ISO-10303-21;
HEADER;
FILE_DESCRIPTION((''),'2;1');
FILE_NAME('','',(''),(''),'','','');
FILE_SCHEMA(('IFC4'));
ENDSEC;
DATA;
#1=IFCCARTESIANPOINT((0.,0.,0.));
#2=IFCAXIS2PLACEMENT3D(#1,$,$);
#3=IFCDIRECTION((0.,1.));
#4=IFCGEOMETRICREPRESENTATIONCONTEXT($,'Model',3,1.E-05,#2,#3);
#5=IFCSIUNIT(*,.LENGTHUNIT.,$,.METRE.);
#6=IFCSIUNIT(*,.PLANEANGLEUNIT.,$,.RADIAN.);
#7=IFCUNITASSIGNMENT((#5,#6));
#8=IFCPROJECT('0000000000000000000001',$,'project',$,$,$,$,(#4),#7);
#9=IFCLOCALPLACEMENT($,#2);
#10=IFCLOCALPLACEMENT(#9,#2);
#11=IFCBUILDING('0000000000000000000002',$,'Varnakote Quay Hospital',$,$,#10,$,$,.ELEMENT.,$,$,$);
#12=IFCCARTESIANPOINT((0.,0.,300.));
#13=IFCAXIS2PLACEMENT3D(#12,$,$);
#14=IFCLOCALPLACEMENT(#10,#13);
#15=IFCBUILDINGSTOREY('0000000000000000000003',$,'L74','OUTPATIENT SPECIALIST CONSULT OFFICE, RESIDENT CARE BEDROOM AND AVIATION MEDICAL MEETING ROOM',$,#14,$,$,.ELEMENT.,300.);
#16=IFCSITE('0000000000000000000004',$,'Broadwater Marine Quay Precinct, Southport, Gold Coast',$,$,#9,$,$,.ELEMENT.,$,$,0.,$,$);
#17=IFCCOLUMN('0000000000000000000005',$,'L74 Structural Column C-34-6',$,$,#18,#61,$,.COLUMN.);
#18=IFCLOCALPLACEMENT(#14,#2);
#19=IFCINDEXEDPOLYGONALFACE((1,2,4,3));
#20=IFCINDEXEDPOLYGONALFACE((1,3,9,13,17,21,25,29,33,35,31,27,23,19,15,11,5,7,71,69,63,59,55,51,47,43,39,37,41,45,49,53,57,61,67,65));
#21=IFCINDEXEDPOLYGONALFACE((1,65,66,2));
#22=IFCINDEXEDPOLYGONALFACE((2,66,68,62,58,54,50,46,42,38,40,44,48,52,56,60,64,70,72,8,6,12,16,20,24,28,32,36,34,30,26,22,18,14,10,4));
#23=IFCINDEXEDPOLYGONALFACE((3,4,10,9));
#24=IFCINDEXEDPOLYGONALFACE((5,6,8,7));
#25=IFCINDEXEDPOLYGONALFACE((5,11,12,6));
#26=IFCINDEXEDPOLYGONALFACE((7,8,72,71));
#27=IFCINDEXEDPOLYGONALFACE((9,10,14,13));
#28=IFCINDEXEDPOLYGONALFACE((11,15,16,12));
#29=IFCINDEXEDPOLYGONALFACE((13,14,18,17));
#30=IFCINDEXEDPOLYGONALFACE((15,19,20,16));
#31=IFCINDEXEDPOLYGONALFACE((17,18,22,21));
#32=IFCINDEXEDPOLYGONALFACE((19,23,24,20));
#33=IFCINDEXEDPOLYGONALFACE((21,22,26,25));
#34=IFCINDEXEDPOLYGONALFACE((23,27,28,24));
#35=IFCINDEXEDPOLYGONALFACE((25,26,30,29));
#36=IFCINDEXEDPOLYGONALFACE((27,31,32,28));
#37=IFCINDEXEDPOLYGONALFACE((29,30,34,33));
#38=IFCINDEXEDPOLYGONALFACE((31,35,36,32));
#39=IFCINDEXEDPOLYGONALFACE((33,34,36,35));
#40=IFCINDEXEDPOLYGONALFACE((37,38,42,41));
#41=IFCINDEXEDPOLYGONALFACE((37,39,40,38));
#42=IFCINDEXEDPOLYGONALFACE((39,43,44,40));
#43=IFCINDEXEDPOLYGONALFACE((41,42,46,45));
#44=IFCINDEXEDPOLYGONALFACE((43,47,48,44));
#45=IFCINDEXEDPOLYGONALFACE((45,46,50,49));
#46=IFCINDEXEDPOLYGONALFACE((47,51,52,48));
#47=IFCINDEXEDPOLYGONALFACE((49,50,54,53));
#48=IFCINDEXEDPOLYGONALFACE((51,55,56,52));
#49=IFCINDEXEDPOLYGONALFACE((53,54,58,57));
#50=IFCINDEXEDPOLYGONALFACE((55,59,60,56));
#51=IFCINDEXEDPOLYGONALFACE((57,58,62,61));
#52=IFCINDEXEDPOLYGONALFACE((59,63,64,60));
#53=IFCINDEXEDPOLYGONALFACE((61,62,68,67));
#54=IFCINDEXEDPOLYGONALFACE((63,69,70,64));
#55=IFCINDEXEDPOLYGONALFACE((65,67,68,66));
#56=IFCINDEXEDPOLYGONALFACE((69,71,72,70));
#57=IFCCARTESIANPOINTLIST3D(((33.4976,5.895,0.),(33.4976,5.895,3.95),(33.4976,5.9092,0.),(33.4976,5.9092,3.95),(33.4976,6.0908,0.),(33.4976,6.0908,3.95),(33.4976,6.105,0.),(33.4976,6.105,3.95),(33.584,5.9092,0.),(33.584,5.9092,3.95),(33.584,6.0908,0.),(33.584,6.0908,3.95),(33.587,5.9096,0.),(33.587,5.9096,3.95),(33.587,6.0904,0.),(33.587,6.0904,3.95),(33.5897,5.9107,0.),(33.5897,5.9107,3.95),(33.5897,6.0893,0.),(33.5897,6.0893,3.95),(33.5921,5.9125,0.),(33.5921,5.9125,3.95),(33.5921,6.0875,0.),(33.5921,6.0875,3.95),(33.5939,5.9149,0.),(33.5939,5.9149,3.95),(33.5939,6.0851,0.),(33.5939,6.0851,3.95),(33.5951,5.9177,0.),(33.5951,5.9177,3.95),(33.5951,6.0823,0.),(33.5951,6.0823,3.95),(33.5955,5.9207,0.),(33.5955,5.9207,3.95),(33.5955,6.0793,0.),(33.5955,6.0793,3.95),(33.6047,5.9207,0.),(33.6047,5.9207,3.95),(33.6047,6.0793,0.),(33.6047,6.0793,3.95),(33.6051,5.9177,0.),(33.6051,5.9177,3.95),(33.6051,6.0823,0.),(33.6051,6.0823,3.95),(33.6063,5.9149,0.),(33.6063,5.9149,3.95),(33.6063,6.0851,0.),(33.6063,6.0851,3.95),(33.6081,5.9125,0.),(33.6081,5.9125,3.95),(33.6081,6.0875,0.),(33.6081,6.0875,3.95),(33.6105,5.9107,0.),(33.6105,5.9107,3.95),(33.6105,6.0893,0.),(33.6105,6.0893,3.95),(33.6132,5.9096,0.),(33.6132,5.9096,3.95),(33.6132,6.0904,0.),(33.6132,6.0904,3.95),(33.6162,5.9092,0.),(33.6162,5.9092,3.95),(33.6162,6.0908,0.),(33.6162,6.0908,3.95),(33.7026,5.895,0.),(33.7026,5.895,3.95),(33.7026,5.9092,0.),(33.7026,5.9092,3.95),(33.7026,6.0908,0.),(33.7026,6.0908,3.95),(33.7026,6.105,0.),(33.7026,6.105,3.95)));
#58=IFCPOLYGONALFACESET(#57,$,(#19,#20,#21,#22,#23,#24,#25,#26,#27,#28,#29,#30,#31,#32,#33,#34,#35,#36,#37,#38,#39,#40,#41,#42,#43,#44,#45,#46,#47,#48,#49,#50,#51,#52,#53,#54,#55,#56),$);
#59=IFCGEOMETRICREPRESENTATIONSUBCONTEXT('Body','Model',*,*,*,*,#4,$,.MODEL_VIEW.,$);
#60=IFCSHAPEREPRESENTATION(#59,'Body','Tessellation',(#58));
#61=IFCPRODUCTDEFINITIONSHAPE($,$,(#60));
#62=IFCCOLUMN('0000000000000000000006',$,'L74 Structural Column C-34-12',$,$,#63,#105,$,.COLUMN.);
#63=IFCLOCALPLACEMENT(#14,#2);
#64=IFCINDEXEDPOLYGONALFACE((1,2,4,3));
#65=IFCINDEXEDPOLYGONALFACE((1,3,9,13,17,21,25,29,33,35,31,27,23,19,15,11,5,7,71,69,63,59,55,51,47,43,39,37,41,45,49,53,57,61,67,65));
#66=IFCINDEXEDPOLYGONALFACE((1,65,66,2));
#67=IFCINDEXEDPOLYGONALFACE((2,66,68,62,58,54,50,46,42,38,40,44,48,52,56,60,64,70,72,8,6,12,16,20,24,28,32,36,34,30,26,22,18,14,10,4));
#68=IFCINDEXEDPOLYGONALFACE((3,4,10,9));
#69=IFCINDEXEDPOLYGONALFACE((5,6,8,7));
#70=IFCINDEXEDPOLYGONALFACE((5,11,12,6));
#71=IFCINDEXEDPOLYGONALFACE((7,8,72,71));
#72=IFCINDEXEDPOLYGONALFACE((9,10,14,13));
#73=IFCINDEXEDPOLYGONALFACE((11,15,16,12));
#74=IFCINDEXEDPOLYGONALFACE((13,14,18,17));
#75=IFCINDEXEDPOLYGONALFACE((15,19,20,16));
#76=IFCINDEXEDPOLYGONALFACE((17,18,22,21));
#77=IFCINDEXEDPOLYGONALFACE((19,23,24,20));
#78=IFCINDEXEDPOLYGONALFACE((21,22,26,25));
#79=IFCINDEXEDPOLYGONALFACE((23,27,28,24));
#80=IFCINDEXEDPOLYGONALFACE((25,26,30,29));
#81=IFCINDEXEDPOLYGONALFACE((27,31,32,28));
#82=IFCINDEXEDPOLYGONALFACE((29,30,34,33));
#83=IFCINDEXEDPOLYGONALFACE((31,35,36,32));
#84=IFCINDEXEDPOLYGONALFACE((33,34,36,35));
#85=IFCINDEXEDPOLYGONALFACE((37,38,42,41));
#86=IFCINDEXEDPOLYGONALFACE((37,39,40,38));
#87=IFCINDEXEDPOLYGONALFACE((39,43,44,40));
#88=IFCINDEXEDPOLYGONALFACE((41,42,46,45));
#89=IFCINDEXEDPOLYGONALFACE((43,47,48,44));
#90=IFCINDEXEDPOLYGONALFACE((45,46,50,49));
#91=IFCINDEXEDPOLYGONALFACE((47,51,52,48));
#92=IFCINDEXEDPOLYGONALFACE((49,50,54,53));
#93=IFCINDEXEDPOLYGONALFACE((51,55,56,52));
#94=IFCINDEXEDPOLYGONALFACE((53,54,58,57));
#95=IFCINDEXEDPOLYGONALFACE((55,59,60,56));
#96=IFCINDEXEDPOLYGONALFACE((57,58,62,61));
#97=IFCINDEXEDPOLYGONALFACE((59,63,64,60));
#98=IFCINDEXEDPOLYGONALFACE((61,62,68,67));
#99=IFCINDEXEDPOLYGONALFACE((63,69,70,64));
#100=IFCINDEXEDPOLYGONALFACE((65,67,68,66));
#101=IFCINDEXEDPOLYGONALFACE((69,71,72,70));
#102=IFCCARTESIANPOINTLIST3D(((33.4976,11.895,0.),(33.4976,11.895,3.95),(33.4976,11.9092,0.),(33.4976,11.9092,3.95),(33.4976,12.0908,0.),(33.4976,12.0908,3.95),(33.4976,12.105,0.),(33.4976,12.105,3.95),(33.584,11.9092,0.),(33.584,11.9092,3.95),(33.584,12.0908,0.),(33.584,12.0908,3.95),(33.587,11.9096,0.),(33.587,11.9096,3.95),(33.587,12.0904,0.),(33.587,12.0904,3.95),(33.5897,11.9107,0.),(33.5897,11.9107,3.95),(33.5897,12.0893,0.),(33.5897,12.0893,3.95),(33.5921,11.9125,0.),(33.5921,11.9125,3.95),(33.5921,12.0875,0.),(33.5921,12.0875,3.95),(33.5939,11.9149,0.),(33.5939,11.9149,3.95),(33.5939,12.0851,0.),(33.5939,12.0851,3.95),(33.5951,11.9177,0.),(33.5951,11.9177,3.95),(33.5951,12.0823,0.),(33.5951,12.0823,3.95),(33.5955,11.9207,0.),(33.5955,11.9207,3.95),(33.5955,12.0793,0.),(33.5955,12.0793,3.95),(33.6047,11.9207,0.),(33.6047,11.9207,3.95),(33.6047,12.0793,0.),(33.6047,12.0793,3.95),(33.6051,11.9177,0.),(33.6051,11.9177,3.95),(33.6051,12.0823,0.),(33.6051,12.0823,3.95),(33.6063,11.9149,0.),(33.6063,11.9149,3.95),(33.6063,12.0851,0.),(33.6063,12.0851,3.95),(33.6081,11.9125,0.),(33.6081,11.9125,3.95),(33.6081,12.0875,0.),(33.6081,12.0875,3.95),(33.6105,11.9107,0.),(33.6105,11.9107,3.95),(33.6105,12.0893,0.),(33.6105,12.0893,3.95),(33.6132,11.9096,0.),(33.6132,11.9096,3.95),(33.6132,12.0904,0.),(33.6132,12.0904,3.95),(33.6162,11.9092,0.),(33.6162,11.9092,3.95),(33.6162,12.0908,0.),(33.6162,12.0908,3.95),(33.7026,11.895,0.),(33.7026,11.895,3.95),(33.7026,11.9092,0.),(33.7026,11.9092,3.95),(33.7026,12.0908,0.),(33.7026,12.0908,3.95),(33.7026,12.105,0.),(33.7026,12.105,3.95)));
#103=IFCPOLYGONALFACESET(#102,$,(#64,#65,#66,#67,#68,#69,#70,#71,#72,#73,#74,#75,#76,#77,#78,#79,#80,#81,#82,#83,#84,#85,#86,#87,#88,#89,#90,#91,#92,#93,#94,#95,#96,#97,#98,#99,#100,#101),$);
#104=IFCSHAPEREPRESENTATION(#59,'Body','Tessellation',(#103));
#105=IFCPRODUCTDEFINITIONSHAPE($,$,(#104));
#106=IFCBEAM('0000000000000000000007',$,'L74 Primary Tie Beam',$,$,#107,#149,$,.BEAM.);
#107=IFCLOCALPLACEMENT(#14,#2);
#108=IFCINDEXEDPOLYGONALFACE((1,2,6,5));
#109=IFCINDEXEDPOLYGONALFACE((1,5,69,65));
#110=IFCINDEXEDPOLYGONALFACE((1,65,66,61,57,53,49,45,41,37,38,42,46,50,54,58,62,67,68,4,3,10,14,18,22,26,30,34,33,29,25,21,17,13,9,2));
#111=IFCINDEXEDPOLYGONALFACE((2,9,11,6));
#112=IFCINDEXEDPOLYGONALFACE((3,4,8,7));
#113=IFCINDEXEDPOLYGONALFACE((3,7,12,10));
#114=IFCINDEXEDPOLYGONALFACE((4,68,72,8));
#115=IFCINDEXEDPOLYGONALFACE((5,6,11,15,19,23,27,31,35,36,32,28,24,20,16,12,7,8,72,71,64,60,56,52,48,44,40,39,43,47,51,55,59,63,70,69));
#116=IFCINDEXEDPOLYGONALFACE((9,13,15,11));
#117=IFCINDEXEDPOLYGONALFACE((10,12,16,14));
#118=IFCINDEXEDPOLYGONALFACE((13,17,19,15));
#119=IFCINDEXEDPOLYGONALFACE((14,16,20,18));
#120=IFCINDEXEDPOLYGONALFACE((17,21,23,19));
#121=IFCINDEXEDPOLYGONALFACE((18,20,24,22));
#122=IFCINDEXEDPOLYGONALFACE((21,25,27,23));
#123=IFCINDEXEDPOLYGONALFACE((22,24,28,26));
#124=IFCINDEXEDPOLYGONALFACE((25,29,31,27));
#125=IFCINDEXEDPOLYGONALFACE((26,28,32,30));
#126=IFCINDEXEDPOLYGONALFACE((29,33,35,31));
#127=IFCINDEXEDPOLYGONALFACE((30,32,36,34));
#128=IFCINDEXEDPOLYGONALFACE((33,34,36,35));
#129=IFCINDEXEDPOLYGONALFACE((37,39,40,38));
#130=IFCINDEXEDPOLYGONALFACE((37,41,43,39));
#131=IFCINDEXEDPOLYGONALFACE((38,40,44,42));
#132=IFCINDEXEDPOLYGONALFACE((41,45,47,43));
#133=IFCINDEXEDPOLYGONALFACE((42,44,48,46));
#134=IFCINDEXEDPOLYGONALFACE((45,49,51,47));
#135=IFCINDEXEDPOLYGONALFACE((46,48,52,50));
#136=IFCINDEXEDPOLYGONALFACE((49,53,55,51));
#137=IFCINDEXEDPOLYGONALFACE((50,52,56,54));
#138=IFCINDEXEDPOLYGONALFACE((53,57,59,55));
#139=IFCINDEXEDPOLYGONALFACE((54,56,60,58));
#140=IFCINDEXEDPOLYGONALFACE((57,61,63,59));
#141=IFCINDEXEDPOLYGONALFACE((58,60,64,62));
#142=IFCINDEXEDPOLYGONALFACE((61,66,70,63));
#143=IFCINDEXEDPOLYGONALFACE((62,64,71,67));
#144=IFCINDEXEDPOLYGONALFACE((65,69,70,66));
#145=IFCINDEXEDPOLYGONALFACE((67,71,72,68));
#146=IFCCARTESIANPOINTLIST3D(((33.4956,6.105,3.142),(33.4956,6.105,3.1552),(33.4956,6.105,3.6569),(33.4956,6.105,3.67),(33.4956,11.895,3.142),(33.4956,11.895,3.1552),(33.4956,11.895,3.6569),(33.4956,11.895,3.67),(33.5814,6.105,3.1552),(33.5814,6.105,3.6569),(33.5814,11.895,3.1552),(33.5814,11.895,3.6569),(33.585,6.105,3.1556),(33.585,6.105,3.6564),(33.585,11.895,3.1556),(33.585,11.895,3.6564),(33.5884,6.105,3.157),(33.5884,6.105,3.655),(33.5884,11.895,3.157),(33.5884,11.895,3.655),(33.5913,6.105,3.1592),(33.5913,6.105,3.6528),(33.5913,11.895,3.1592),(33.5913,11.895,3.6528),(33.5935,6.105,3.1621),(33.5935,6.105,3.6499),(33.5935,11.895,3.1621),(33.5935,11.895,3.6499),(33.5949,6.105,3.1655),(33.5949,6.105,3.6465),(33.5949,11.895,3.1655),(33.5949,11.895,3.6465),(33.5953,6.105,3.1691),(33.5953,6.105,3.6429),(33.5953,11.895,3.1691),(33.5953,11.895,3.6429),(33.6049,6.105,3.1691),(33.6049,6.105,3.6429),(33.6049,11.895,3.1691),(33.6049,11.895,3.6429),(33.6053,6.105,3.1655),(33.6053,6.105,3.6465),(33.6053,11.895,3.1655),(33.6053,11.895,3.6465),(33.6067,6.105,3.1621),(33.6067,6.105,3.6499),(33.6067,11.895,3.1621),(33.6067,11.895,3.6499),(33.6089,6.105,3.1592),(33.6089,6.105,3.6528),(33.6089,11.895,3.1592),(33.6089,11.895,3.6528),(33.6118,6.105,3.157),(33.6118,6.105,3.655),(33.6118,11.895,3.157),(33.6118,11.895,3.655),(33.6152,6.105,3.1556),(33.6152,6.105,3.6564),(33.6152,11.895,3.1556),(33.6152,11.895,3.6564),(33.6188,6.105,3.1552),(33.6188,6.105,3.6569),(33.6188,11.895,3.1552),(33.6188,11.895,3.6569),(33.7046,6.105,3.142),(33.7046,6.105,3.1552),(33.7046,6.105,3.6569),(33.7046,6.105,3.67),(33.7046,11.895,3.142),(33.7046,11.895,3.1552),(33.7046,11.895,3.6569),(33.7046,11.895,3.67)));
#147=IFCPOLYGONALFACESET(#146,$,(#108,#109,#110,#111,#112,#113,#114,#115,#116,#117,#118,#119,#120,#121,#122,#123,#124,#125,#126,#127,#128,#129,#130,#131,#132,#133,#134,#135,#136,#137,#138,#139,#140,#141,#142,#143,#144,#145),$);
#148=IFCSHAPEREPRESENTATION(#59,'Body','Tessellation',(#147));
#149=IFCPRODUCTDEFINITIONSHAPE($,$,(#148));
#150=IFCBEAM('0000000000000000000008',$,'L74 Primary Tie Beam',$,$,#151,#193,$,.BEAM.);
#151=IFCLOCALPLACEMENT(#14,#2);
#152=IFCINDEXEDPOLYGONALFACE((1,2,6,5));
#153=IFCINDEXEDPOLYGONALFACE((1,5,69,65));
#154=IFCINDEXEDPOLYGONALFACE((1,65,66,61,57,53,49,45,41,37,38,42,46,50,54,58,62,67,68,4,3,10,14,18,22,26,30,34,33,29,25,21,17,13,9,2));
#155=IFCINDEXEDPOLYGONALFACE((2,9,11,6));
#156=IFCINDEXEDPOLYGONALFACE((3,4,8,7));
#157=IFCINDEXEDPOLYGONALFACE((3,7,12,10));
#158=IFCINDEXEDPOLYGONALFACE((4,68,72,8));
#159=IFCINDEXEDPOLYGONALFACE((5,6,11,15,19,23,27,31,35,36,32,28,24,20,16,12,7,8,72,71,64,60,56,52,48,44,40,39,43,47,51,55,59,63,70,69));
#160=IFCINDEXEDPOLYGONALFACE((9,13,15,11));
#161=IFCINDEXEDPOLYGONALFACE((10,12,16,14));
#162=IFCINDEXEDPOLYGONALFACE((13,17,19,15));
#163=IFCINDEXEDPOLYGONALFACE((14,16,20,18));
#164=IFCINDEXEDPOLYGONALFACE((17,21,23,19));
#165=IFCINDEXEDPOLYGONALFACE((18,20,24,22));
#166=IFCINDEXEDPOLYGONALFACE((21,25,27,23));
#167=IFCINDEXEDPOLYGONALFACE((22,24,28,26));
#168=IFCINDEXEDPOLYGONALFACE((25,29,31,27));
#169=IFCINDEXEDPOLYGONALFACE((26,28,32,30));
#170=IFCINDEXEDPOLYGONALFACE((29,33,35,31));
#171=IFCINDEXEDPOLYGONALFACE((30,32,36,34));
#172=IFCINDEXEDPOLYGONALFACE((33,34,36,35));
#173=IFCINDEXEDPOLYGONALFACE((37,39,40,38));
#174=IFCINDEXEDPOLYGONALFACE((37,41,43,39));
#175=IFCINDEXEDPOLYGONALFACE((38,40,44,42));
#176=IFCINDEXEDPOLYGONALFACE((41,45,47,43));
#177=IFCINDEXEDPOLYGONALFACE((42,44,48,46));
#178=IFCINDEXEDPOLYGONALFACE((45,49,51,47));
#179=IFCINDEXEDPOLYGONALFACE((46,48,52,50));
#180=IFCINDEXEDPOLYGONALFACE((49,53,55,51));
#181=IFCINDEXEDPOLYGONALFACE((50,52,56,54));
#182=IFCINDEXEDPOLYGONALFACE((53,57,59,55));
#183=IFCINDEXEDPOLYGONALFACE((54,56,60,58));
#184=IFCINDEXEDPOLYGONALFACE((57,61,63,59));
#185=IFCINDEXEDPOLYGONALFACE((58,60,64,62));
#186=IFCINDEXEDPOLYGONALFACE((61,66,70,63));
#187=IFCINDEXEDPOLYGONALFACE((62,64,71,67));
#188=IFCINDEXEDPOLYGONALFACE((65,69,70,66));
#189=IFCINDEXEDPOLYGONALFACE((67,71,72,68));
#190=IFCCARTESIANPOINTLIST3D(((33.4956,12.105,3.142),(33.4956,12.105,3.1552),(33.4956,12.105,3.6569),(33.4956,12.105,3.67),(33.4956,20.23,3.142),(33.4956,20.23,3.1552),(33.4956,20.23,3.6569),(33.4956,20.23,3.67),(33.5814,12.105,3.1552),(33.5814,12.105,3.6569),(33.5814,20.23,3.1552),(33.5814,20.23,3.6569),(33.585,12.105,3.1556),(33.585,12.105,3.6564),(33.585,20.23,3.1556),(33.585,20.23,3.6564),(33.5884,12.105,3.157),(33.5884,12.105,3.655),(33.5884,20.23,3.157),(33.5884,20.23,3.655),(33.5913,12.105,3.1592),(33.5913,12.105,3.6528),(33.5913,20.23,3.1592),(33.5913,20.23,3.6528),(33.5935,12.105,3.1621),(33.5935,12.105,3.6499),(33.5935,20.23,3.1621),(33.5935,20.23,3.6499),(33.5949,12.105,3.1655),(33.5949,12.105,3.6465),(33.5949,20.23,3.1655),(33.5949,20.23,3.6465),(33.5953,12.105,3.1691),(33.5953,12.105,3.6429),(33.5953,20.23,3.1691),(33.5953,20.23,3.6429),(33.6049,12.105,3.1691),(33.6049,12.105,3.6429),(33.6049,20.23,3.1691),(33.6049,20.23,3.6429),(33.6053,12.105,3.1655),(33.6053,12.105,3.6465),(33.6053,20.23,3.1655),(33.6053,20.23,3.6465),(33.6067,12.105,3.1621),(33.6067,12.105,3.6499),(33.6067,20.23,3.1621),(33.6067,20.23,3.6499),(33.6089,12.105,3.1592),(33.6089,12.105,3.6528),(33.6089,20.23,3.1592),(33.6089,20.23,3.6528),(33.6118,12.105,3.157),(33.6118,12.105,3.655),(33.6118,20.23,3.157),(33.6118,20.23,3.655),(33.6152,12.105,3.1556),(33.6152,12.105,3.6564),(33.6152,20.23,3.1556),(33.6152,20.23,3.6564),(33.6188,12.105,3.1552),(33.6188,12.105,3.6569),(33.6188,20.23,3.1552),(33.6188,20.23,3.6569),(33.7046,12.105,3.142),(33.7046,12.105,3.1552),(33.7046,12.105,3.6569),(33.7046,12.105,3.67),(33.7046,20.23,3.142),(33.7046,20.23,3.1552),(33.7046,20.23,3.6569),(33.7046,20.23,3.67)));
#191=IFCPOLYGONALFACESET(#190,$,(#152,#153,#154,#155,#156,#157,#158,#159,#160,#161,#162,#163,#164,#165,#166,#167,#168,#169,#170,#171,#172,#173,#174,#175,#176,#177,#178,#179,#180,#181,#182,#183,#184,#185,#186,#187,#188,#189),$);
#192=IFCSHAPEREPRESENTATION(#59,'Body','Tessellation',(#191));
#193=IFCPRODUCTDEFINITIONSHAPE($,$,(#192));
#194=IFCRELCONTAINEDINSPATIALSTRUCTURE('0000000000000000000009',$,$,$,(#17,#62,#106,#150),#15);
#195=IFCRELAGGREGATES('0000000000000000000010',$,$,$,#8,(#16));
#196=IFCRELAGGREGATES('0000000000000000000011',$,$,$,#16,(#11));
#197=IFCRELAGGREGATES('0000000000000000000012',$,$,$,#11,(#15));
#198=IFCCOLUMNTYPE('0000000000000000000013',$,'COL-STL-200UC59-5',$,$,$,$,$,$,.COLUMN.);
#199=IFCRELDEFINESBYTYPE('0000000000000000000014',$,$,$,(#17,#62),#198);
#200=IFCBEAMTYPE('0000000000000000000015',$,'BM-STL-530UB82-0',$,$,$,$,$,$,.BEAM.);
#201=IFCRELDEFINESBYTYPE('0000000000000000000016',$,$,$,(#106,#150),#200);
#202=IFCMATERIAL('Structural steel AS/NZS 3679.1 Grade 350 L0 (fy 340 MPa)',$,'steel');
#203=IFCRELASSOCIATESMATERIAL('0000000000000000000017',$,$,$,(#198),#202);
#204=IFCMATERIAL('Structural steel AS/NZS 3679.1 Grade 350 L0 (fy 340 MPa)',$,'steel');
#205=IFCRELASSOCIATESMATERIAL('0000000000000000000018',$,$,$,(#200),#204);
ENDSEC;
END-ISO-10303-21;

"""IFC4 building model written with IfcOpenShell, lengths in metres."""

from ifc_helpers import new_model, si_unit, direction, frame, origin, origin_2d, place, context, subcontext, project, spatial, i_section, extrude, material, material_profile, profile_set, type_object, element, save


model = new_model("IFC4")

# Units and contexts
model_context = context("Model", 3, precision=1e-05, world=origin(), true_north=direction((0.0, 1.0)))
body_context = subcontext(model_context, "Body", "Model", "MODEL_VIEW")
ifc_project = project(units=[si_unit("LENGTHUNIT", "METRE"), si_unit("PLANEANGLEUNIT", "RADIAN")], contexts=[model_context])

# Site, building, storey
site_placement = place(None, origin())
site = spatial("IfcSite", under=ifc_project, at=site_placement, Name="Broadwater Marine Quay Precinct, Southport, Gold Coast", CompositionType="ELEMENT", RefElevation=0.0)
building_placement = place(site_placement, origin())
building = spatial("IfcBuilding", under=site, at=building_placement, Name="Varnakote Quay Hospital", CompositionType="ELEMENT")
storey_placement = place(building_placement, frame((0.0, 0.0, 300.0)))
storey = spatial("IfcBuildingStorey", under=building, at=storey_placement, Name="L74", Description="OUTPATIENT SPECIALIST CONSULT OFFICE, RESIDENT CARE BEDROOM AND AVIATION MEDICAL MEETING ROOM", CompositionType="ELEMENT", Elevation=300.0)

# Columns
ifc_material_1 = material(Name="Structural steel AS/NZS 3679.1 Grade 350 L0 (fy 340 MPa)", Category="steel")
ifc_material_profile_1 = material_profile(ifc_material_1, i_section(OverallWidth=0.2051, OverallDepth=0.21, WebThickness=0.0093, FlangeThickness=0.0142, FilletRadius=0.0115, at=origin_2d()), Name="200UC59.5")
ifc_profile_set_1 = profile_set([ifc_material_profile_1], Name="Structural steel AS/NZS 3679.1 Grade 350 L0 (fy 340 MPa)")
column_type = type_object("IfcColumnType", Name="COL-STL-200UC59-5", PredefinedType="COLUMN", material=ifc_profile_set_1)
for number, where, z_axis, x_axis, name in (
    (1, (33.6001, 6.0, 0.0), (0.0, 0.0, 1.0), (1.0, 0.0, 0.0), "L74 Structural Column C-34-6"),
    (2, (33.6001, 12.0, 0.0), (0.0, 0.0, 1.0), (1.0, 0.0, 0.0), "L74 Structural Column C-34-12"),
):
    element("IfcColumn", number, at=place(storey_placement, frame(where, z_axis=z_axis, x_axis=x_axis)), inside=storey, type_object=column_type, Name=name, PredefinedType="COLUMN", context=body_context, shape_type="SweptSolid", body=[
        extrude(i_section(OverallWidth=0.2051, OverallDepth=0.21, WebThickness=0.0093, FlangeThickness=0.0142, FilletRadius=0.0115, at=origin_2d()), origin(), (0.0, 0.0, 1.0), 3.95),
    ])

# Beams
ifc_material_2 = material(Name="Structural steel AS/NZS 3679.1 Grade 350 L0 (fy 340 MPa)", Category="steel")
ifc_material_profile_2 = material_profile(ifc_material_2, i_section(OverallWidth=0.209, OverallDepth=0.5281, WebThickness=0.0095, FlangeThickness=0.0132, FilletRadius=0.0139, at=origin_2d()), Name="530UB82.0")
ifc_profile_set_2 = profile_set([ifc_material_profile_2], Name="Structural steel AS/NZS 3679.1 Grade 350 L0 (fy 340 MPa)")
beam_type = type_object("IfcBeamType", Name="BM-STL-530UB82-0", PredefinedType="BEAM", material=ifc_profile_set_2)
beam_1_placement = place(storey_placement, frame((33.6001, 6.105, 3.406), z_axis=(0.0, 1.0, 0.0), x_axis=(-1.0, 0.0, 0.0)))
element("IfcBeam", 3, at=beam_1_placement, inside=storey, type_object=beam_type, Name="L74 Primary Tie Beam", PredefinedType="BEAM", context=body_context, shape_type="SweptSolid", body=[
    extrude(i_section(OverallWidth=0.209, OverallDepth=0.5281, WebThickness=0.0095, FlangeThickness=0.0132, FilletRadius=0.0139, at=origin_2d()), origin(), (0.0, 0.0, 1.0), 5.79),
])
beam_2_placement = place(storey_placement, frame((33.6001, 12.105, 3.406), z_axis=(0.0, 1.0, 0.0), x_axis=(-1.0, 0.0, 0.0)))
element("IfcBeam", 4, at=beam_2_placement, inside=storey, type_object=beam_type, Name="L74 Primary Tie Beam", PredefinedType="BEAM", context=body_context, shape_type="SweptSolid", body=[
    extrude(i_section(OverallWidth=0.209, OverallDepth=0.5281, WebThickness=0.0095, FlangeThickness=0.0132, FilletRadius=0.0139, at=origin_2d()), origin(), (0.0, 0.0, 1.0), 8.125),
])

save(model, "model.ifc")
